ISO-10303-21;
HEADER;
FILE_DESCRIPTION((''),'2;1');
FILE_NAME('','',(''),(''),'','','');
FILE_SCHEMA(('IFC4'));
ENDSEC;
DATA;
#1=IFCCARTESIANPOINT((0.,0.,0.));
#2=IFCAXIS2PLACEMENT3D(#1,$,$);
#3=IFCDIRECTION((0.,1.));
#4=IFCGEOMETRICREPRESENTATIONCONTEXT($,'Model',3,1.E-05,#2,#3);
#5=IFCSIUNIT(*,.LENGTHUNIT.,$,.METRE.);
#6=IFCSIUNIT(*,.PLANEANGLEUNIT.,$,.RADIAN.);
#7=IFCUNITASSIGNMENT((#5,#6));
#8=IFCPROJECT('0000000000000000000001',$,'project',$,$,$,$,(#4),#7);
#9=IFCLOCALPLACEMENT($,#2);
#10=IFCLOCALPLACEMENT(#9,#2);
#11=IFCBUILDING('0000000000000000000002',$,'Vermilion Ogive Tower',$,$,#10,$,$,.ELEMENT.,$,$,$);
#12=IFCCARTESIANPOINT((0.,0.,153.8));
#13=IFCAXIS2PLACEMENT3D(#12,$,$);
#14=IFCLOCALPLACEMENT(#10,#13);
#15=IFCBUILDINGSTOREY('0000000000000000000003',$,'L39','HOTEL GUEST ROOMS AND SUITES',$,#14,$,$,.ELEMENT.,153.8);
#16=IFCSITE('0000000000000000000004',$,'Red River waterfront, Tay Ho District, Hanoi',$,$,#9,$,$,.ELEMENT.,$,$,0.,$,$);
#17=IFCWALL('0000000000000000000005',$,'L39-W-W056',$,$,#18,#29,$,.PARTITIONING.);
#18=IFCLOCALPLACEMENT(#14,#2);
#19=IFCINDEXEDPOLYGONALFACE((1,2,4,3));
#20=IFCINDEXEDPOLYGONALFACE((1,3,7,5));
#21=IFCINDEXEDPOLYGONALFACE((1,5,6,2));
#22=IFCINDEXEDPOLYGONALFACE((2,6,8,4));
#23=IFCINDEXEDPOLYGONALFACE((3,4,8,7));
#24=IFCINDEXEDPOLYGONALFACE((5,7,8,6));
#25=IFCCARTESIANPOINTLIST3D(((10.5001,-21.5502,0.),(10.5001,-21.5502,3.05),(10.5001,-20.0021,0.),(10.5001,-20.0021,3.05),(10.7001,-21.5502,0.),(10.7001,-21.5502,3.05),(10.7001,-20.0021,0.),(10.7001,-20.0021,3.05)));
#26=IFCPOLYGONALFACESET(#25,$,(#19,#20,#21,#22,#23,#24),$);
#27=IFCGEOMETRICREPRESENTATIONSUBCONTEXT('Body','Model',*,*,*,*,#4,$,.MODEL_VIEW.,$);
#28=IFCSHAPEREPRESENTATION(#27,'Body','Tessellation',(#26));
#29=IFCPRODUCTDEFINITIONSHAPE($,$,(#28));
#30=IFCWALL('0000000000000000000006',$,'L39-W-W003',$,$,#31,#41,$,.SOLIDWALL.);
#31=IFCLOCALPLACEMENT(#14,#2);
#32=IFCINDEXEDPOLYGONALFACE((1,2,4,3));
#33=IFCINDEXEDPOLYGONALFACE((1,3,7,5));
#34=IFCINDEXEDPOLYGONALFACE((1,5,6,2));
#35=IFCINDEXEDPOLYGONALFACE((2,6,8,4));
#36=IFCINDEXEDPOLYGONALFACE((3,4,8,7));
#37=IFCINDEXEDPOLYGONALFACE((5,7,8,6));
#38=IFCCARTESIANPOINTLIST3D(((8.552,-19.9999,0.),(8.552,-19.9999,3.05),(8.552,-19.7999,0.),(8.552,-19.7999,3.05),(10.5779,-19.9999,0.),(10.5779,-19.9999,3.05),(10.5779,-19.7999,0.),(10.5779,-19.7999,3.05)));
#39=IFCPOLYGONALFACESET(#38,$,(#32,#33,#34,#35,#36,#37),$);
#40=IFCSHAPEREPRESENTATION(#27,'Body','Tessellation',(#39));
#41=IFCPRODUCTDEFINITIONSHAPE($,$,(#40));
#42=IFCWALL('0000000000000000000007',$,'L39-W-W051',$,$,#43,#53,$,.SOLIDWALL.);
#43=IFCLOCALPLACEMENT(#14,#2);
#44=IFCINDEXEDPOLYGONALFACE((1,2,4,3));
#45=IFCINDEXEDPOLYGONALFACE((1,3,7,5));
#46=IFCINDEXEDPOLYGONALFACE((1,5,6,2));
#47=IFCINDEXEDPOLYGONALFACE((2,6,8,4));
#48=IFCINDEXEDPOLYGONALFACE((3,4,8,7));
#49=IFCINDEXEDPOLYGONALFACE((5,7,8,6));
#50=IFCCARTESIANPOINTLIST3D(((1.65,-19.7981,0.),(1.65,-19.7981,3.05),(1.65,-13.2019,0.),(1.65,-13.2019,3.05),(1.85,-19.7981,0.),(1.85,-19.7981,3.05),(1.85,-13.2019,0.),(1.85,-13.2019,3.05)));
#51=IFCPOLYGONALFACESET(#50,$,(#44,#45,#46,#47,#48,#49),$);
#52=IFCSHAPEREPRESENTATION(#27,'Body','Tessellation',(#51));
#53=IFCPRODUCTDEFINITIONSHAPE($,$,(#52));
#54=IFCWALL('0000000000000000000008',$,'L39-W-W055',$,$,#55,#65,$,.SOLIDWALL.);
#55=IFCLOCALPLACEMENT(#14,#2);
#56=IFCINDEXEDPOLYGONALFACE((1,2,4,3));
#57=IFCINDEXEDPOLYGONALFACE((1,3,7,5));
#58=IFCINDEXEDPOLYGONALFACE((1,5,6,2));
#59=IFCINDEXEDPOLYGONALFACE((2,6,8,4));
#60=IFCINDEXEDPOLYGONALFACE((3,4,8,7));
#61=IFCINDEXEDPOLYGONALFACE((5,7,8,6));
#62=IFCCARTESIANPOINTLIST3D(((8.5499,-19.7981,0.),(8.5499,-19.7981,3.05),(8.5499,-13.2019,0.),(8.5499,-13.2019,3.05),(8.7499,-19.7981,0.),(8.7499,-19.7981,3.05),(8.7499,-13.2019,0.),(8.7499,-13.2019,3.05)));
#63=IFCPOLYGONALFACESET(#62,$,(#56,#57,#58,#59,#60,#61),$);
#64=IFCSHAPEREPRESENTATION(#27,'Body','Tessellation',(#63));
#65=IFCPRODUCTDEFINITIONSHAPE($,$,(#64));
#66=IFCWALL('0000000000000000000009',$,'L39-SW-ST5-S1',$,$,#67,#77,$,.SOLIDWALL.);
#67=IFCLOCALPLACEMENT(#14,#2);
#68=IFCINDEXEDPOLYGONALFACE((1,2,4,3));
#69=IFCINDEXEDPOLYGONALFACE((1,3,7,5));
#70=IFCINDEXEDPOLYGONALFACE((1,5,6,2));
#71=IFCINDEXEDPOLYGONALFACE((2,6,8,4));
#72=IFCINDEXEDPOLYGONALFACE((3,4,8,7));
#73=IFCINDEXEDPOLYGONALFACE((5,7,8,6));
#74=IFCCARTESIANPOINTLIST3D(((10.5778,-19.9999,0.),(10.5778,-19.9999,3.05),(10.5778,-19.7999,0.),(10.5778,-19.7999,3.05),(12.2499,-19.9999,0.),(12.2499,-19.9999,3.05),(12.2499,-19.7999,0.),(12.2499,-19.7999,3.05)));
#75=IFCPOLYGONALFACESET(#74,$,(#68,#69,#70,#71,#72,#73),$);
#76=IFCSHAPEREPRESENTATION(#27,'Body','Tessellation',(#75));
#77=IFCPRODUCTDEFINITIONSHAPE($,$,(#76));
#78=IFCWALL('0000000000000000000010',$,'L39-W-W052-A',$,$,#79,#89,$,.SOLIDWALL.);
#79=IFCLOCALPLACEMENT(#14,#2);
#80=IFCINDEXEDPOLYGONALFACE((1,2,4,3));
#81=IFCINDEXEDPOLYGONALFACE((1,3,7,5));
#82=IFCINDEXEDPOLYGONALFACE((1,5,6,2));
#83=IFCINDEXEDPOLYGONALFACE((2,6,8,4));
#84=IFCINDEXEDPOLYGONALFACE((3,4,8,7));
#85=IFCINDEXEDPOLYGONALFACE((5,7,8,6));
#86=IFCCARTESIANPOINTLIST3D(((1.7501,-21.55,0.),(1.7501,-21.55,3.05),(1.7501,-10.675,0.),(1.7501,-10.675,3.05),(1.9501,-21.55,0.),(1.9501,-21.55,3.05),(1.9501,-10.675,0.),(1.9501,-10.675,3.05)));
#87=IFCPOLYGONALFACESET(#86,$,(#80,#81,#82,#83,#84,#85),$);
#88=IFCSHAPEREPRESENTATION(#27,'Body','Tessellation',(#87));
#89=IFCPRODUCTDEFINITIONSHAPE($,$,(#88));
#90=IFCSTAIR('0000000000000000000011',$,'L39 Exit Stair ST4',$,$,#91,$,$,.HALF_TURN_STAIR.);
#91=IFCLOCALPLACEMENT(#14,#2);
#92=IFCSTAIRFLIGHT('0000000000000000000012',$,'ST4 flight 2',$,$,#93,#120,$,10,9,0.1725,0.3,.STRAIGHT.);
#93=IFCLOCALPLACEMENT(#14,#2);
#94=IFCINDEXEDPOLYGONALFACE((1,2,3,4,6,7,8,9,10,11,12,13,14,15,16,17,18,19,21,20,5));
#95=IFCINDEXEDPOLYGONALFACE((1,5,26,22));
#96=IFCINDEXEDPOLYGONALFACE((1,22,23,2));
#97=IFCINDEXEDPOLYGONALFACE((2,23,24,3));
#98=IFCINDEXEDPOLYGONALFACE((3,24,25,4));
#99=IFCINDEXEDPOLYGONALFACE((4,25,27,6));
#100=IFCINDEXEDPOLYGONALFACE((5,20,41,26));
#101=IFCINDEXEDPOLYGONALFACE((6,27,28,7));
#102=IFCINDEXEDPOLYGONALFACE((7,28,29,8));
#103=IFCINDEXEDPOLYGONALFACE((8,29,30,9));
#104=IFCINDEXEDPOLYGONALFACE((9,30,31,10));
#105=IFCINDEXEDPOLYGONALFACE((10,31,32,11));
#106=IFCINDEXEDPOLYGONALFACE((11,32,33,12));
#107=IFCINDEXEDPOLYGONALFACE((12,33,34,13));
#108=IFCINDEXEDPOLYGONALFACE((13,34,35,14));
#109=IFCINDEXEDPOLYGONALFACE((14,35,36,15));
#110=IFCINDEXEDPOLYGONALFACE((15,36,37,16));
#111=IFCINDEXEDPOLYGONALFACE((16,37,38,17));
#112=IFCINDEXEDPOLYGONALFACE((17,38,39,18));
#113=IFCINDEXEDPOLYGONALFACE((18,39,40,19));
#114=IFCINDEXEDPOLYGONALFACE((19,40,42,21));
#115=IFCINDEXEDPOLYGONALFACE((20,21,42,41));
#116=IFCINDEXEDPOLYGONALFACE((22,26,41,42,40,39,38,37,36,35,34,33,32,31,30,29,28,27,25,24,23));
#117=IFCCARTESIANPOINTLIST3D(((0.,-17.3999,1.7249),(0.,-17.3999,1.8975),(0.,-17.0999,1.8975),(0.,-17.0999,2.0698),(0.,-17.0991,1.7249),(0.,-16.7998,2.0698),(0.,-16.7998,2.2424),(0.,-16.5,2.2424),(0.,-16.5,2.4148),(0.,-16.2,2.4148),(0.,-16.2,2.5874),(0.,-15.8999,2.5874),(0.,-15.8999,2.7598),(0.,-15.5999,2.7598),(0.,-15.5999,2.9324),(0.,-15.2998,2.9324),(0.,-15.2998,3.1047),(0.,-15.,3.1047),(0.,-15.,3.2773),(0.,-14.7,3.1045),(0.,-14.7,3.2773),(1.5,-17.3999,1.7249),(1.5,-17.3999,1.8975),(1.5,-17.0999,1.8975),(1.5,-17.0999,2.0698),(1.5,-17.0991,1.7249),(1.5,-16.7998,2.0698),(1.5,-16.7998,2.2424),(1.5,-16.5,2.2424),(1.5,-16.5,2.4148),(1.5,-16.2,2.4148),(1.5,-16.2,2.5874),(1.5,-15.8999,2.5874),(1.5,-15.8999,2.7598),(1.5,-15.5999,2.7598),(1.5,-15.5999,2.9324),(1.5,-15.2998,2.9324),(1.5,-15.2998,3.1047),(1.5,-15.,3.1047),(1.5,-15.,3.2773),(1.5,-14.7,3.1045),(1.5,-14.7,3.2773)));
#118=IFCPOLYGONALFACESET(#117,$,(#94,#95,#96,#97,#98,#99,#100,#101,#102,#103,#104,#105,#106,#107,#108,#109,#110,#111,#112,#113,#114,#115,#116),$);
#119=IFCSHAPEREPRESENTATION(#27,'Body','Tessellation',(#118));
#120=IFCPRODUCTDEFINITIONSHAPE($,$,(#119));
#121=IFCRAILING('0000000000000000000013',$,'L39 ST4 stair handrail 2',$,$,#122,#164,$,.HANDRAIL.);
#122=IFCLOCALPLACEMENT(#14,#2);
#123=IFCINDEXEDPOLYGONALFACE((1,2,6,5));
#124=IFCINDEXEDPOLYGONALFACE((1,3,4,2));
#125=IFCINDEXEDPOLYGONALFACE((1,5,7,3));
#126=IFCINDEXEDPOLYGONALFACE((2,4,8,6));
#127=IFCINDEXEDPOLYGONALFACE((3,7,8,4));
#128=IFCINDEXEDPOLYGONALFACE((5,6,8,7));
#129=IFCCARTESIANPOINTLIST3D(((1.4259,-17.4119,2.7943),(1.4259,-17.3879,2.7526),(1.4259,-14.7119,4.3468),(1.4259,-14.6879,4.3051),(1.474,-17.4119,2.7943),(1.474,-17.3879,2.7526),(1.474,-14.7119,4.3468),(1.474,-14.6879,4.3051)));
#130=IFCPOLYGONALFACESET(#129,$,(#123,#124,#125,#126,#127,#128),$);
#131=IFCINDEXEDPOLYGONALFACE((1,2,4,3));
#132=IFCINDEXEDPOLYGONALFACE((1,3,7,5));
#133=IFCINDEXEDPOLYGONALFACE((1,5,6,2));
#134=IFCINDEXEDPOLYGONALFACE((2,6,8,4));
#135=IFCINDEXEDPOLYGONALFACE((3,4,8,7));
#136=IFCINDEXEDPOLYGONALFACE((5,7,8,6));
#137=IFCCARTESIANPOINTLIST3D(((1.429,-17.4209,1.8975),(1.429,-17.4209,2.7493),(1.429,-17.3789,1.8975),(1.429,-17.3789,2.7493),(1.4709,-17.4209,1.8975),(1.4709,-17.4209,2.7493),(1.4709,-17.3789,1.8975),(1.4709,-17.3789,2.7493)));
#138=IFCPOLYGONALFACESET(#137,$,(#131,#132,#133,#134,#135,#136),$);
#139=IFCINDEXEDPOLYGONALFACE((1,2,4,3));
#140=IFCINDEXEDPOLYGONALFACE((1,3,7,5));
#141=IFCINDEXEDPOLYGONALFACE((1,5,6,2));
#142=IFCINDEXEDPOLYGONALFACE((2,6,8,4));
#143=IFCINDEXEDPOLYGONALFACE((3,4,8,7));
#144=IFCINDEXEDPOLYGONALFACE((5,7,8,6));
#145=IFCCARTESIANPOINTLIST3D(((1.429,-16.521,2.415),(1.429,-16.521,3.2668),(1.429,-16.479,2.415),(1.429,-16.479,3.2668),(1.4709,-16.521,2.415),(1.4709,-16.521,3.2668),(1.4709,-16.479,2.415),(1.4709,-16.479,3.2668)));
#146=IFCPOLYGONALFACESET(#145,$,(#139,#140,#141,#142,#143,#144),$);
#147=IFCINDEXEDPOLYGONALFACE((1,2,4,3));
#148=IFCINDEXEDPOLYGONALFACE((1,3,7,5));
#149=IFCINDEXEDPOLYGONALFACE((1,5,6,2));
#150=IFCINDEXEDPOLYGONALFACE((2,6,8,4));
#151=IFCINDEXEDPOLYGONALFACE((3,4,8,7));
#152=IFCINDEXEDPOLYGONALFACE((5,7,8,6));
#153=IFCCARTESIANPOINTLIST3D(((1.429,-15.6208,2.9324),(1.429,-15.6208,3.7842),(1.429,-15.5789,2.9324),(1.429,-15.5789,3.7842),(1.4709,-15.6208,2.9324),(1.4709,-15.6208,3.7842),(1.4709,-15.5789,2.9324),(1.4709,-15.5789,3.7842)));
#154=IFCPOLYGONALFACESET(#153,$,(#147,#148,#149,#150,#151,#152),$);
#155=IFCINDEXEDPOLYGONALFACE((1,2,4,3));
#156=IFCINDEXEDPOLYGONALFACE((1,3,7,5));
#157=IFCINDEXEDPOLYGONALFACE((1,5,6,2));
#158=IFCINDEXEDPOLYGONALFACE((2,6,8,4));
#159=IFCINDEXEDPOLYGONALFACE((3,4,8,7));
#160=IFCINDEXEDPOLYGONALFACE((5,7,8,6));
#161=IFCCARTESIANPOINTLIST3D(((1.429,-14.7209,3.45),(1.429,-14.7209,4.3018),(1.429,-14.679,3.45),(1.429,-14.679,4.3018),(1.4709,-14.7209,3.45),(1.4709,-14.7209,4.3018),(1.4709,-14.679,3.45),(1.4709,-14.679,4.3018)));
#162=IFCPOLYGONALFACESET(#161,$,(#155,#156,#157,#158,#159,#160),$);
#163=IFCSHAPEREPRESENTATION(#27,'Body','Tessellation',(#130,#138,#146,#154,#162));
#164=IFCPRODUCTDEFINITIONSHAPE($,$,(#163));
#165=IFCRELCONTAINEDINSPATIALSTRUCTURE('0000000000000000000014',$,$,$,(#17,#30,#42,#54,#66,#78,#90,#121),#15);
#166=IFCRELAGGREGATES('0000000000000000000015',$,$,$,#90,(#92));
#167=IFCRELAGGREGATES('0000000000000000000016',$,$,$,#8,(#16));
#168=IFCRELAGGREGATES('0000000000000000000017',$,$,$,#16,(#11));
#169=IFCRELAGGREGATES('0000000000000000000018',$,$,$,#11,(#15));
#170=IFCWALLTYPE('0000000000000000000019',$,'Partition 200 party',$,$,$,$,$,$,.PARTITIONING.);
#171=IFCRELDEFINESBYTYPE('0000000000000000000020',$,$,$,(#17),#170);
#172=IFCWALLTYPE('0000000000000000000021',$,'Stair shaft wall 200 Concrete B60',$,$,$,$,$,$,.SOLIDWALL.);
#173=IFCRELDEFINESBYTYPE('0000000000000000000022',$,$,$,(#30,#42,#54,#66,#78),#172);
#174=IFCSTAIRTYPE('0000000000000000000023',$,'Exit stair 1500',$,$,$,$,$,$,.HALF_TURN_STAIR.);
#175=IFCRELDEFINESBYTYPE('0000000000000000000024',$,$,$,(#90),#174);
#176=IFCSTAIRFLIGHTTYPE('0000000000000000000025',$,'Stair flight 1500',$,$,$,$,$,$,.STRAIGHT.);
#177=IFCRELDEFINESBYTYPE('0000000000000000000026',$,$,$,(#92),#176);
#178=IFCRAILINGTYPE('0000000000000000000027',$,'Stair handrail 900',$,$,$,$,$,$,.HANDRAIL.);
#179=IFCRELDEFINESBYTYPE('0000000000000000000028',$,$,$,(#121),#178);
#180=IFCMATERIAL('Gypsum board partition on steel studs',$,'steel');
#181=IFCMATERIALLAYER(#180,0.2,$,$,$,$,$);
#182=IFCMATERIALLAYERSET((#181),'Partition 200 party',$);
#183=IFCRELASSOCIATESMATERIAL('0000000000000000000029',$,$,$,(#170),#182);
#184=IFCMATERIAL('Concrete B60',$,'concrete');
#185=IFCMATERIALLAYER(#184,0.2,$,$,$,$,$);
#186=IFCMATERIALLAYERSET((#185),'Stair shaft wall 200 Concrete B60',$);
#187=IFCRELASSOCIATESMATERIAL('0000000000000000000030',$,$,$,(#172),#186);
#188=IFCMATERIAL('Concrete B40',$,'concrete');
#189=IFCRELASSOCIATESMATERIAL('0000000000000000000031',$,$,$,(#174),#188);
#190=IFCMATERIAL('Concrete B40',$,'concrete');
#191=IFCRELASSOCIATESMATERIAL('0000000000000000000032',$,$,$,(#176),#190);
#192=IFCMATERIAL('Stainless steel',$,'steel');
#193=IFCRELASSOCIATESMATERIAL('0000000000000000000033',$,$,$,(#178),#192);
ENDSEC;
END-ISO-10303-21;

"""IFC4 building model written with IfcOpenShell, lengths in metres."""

from ifc_helpers import new_model, si_unit, direction, frame, frame_2d, origin, origin_2d, place, context, subcontext, project, spatial, polyline, rectangle, outline, extrude, material, layer, layer_set, type_object, element, aggregate, save


model = new_model("IFC4")

# Units and contexts
model_context = context("Model", 3, precision=1e-05, world=origin(), true_north=direction((0.0, 1.0)))
body_context = subcontext(model_context, "Body", "Model", "MODEL_VIEW")
ifc_project = project(units=[si_unit("LENGTHUNIT", "METRE"), si_unit("PLANEANGLEUNIT", "RADIAN")], contexts=[model_context])

# Site, building, storey
site_placement = place(None, origin())
site = spatial("IfcSite", under=ifc_project, at=site_placement, Name="Red River waterfront, Tay Ho District, Hanoi", CompositionType="ELEMENT", RefElevation=0.0)
building_placement = place(site_placement, origin())
building = spatial("IfcBuilding", under=site, at=building_placement, Name="Vermilion Ogive Tower", CompositionType="ELEMENT")
storey_placement = place(building_placement, frame((0.0, 0.0, 153.8)))
storey = spatial("IfcBuildingStorey", under=building, at=storey_placement, Name="L39", Description="HOTEL GUEST ROOMS AND SUITES", CompositionType="ELEMENT", Elevation=153.8)

# Walls
ifc_material_1 = material(Name="Gypsum board partition on steel studs", Category="steel")
ifc_layer_1 = layer(ifc_material_1, 0.2)
ifc_layer_set_1 = layer_set([ifc_layer_1], Name="Partition 200 party")
wall_type_1 = type_object("IfcWallType", Name="Partition 200 party", PredefinedType="PARTITIONING", material=ifc_layer_set_1)
wall_1_placement = place(storey_placement, frame((10.6001, -21.55, 0.0), z_axis=(0.0, 0.0, 1.0), x_axis=(0.0, 1.0, 0.0)))
element("IfcWall", 1, at=wall_1_placement, inside=storey, type_object=wall_type_1, Name="L39-W-W056", PredefinedType="PARTITIONING", context=body_context, shape_type="SweptSolid", body=[
    extrude(rectangle(XDim=1.5481, YDim=0.2, at=frame_2d((0.7739, 0.0))), origin(), (0.0, 0.0, 1.0), 3.05),
])
ifc_material_2 = material(Name="Concrete B60", Category="concrete")
ifc_layer_2 = layer(ifc_material_2, 0.2)
ifc_layer_set_2 = layer_set([ifc_layer_2], Name="Stair shaft wall 200 Concrete B60")
wall_type_2 = type_object("IfcWallType", Name="Stair shaft wall 200 Concrete B60", PredefinedType="SOLIDWALL", material=ifc_layer_set_2)
wall_2_placement = place(storey_placement, frame((8.552, -19.8999, 0.0), z_axis=(0.0, 0.0, 1.0), x_axis=(1.0, 0.0, 0.0)))
element("IfcWall", 2, at=wall_2_placement, inside=storey, type_object=wall_type_2, Name="L39-W-W003", PredefinedType="SOLIDWALL", context=body_context, shape_type="SweptSolid", body=[
    extrude(rectangle(XDim=2.0259, YDim=0.2, at=frame_2d((1.0129, 0.0))), origin(), (0.0, 0.0, 1.0), 3.05),
])
for number, where, z_axis, x_axis, name in (
    (3, (1.75, -19.7981, 0.0), (0.0, 0.0, 1.0), (0.0, 1.0, 0.0), "L39-W-W051"),
    (4, (8.6499, -19.7981, 0.0), (0.0, 0.0, 1.0), (0.0, 1.0, 0.0), "L39-W-W055"),
):
    element("IfcWall", number, at=place(storey_placement, frame(where, z_axis=z_axis, x_axis=x_axis)), inside=storey, type_object=wall_type_2, Name=name, PredefinedType="SOLIDWALL", context=body_context, shape_type="SweptSolid", body=[
        extrude(rectangle(XDim=6.5962, YDim=0.2, at=frame_2d((3.2981, 0.0))), origin(), (0.0, 0.0, 1.0), 3.05),
    ])
wall_3_placement = place(storey_placement, frame((10.5779, -19.8999, 0.0), z_axis=(0.0, 0.0, 1.0), x_axis=(1.0, 0.0, 0.0)))
element("IfcWall", 5, at=wall_3_placement, inside=storey, type_object=wall_type_2, Name="L39-SW-ST5-S1", PredefinedType="SOLIDWALL", context=body_context, shape_type="SweptSolid", body=[
    extrude(rectangle(XDim=1.6721, YDim=0.2, at=frame_2d((0.8359, 0.0))), origin(), (0.0, 0.0, 1.0), 3.05),
])
wall_4_placement = place(storey_placement, frame((1.8501, -21.55, 0.0), z_axis=(0.0, 0.0, 1.0), x_axis=(0.0, 1.0, 0.0)))
element("IfcWall", 6, at=wall_4_placement, inside=storey, type_object=wall_type_2, Name="L39-W-W052-A", PredefinedType="SOLIDWALL", context=body_context, shape_type="SweptSolid", body=[
    extrude(rectangle(XDim=10.875, YDim=0.2, at=frame_2d((5.4375, 0.0))), origin(), (0.0, 0.0, 1.0), 3.05),
])

# Stair, stair flight
ifc_material_3 = material(Name="Concrete B40", Category="concrete")
stair_type = type_object("IfcStairType", Name="Exit stair 1500", PredefinedType="HALF_TURN_STAIR", material=ifc_material_3)
stair_placement = place(storey_placement, origin())
stair = element("IfcStair", 7, at=stair_placement, inside=storey, type_object=stair_type, Name="L39 Exit Stair ST4", PredefinedType="HALF_TURN_STAIR")
ifc_material_4 = material(Name="Concrete B40", Category="concrete")
stair_flight_type = type_object("IfcStairFlightType", Name="Stair flight 1500", PredefinedType="STRAIGHT", material=ifc_material_4)
stair_flight_placement = place(storey_placement, frame((0.75, -17.3999, 1.7249), z_axis=(0.0, 0.0, 1.0), x_axis=(0.0, 1.0, 0.0)))
stair_flight = element("IfcStairFlight", 8, at=stair_flight_placement, type_object=stair_flight_type, Name="ST4 flight 2", NumberOfRisers=10, NumberOfTreads=9, PredefinedType="STRAIGHT", RiserHeight=0.1725, TreadLength=0.3, context=body_context, shape_type="SweptSolid", body=[
    extrude(outline(polyline([(0.0, 0.0), (0.0, 0.1726), (0.3, 0.1726), (0.3, 0.345), (0.6001, 0.345), (0.6001, 0.5176), (0.8999, 0.5176), (0.8999, 0.6899), (1.2, 0.6899), (1.2, 0.8625), (1.5, 0.8625), (1.5, 1.0349), (1.8, 1.0349), (1.8, 1.2075), (2.1001, 1.2075), (2.1001, 1.3799), (2.3999, 1.3799), (2.3999, 1.5525), (2.7, 1.5525), (2.7, 1.7251), (2.7, 1.3796), (0.3008, 0.0), (0.0, 0.0)])), frame((0.0, 0.75, 0.0), z_axis=(0.0, -1.0, 0.0), x_axis=(1.0, 0.0, 0.0)), (0.0, 0.0, 1.0), 1.5),
])
aggregate(stair, [stair_flight])

# Railing
ifc_material_5 = material(Name="Stainless steel", Category="steel")
railing_type = type_object("IfcRailingType", Name="Stair handrail 900", PredefinedType="HANDRAIL", material=ifc_material_5)
railing_placement = place(storey_placement, frame((1.45, -17.3999, 1.8975)))
element("IfcRailing", 9, at=railing_placement, inside=storey, type_object=railing_type, Name="L39 ST4 stair handrail 2", PredefinedType="HANDRAIL", context=body_context, shape_type="SweptSolid", body=[
    extrude(rectangle(XDim=0.0481, YDim=0.0481, at=origin_2d()), frame((0.0, 0.0, 0.876), z_axis=(0.0, 0.866904, 0.498476), x_axis=(-1.0, 0.0, 0.0)), (0.0, 0.0, 1.0), 3.1145),
    extrude(rectangle(XDim=0.042, YDim=0.042, at=origin_2d()), origin(), (0.0, 0.0, 1.0), 0.8518),
    extrude(rectangle(XDim=0.042, YDim=0.042, at=origin_2d()), frame((0.0, 0.8999, 0.5176)), (0.0, 0.0, 1.0), 0.8518),
    extrude(rectangle(XDim=0.042, YDim=0.042, at=origin_2d()), frame((0.0, 1.8, 1.0349)), (0.0, 0.0, 1.0), 0.8518),
    extrude(rectangle(XDim=0.042, YDim=0.042, at=origin_2d()), frame((0.0, 2.7, 1.5525)), (0.0, 0.0, 1.0), 0.8518),
])

save(model, "model.ifc")
